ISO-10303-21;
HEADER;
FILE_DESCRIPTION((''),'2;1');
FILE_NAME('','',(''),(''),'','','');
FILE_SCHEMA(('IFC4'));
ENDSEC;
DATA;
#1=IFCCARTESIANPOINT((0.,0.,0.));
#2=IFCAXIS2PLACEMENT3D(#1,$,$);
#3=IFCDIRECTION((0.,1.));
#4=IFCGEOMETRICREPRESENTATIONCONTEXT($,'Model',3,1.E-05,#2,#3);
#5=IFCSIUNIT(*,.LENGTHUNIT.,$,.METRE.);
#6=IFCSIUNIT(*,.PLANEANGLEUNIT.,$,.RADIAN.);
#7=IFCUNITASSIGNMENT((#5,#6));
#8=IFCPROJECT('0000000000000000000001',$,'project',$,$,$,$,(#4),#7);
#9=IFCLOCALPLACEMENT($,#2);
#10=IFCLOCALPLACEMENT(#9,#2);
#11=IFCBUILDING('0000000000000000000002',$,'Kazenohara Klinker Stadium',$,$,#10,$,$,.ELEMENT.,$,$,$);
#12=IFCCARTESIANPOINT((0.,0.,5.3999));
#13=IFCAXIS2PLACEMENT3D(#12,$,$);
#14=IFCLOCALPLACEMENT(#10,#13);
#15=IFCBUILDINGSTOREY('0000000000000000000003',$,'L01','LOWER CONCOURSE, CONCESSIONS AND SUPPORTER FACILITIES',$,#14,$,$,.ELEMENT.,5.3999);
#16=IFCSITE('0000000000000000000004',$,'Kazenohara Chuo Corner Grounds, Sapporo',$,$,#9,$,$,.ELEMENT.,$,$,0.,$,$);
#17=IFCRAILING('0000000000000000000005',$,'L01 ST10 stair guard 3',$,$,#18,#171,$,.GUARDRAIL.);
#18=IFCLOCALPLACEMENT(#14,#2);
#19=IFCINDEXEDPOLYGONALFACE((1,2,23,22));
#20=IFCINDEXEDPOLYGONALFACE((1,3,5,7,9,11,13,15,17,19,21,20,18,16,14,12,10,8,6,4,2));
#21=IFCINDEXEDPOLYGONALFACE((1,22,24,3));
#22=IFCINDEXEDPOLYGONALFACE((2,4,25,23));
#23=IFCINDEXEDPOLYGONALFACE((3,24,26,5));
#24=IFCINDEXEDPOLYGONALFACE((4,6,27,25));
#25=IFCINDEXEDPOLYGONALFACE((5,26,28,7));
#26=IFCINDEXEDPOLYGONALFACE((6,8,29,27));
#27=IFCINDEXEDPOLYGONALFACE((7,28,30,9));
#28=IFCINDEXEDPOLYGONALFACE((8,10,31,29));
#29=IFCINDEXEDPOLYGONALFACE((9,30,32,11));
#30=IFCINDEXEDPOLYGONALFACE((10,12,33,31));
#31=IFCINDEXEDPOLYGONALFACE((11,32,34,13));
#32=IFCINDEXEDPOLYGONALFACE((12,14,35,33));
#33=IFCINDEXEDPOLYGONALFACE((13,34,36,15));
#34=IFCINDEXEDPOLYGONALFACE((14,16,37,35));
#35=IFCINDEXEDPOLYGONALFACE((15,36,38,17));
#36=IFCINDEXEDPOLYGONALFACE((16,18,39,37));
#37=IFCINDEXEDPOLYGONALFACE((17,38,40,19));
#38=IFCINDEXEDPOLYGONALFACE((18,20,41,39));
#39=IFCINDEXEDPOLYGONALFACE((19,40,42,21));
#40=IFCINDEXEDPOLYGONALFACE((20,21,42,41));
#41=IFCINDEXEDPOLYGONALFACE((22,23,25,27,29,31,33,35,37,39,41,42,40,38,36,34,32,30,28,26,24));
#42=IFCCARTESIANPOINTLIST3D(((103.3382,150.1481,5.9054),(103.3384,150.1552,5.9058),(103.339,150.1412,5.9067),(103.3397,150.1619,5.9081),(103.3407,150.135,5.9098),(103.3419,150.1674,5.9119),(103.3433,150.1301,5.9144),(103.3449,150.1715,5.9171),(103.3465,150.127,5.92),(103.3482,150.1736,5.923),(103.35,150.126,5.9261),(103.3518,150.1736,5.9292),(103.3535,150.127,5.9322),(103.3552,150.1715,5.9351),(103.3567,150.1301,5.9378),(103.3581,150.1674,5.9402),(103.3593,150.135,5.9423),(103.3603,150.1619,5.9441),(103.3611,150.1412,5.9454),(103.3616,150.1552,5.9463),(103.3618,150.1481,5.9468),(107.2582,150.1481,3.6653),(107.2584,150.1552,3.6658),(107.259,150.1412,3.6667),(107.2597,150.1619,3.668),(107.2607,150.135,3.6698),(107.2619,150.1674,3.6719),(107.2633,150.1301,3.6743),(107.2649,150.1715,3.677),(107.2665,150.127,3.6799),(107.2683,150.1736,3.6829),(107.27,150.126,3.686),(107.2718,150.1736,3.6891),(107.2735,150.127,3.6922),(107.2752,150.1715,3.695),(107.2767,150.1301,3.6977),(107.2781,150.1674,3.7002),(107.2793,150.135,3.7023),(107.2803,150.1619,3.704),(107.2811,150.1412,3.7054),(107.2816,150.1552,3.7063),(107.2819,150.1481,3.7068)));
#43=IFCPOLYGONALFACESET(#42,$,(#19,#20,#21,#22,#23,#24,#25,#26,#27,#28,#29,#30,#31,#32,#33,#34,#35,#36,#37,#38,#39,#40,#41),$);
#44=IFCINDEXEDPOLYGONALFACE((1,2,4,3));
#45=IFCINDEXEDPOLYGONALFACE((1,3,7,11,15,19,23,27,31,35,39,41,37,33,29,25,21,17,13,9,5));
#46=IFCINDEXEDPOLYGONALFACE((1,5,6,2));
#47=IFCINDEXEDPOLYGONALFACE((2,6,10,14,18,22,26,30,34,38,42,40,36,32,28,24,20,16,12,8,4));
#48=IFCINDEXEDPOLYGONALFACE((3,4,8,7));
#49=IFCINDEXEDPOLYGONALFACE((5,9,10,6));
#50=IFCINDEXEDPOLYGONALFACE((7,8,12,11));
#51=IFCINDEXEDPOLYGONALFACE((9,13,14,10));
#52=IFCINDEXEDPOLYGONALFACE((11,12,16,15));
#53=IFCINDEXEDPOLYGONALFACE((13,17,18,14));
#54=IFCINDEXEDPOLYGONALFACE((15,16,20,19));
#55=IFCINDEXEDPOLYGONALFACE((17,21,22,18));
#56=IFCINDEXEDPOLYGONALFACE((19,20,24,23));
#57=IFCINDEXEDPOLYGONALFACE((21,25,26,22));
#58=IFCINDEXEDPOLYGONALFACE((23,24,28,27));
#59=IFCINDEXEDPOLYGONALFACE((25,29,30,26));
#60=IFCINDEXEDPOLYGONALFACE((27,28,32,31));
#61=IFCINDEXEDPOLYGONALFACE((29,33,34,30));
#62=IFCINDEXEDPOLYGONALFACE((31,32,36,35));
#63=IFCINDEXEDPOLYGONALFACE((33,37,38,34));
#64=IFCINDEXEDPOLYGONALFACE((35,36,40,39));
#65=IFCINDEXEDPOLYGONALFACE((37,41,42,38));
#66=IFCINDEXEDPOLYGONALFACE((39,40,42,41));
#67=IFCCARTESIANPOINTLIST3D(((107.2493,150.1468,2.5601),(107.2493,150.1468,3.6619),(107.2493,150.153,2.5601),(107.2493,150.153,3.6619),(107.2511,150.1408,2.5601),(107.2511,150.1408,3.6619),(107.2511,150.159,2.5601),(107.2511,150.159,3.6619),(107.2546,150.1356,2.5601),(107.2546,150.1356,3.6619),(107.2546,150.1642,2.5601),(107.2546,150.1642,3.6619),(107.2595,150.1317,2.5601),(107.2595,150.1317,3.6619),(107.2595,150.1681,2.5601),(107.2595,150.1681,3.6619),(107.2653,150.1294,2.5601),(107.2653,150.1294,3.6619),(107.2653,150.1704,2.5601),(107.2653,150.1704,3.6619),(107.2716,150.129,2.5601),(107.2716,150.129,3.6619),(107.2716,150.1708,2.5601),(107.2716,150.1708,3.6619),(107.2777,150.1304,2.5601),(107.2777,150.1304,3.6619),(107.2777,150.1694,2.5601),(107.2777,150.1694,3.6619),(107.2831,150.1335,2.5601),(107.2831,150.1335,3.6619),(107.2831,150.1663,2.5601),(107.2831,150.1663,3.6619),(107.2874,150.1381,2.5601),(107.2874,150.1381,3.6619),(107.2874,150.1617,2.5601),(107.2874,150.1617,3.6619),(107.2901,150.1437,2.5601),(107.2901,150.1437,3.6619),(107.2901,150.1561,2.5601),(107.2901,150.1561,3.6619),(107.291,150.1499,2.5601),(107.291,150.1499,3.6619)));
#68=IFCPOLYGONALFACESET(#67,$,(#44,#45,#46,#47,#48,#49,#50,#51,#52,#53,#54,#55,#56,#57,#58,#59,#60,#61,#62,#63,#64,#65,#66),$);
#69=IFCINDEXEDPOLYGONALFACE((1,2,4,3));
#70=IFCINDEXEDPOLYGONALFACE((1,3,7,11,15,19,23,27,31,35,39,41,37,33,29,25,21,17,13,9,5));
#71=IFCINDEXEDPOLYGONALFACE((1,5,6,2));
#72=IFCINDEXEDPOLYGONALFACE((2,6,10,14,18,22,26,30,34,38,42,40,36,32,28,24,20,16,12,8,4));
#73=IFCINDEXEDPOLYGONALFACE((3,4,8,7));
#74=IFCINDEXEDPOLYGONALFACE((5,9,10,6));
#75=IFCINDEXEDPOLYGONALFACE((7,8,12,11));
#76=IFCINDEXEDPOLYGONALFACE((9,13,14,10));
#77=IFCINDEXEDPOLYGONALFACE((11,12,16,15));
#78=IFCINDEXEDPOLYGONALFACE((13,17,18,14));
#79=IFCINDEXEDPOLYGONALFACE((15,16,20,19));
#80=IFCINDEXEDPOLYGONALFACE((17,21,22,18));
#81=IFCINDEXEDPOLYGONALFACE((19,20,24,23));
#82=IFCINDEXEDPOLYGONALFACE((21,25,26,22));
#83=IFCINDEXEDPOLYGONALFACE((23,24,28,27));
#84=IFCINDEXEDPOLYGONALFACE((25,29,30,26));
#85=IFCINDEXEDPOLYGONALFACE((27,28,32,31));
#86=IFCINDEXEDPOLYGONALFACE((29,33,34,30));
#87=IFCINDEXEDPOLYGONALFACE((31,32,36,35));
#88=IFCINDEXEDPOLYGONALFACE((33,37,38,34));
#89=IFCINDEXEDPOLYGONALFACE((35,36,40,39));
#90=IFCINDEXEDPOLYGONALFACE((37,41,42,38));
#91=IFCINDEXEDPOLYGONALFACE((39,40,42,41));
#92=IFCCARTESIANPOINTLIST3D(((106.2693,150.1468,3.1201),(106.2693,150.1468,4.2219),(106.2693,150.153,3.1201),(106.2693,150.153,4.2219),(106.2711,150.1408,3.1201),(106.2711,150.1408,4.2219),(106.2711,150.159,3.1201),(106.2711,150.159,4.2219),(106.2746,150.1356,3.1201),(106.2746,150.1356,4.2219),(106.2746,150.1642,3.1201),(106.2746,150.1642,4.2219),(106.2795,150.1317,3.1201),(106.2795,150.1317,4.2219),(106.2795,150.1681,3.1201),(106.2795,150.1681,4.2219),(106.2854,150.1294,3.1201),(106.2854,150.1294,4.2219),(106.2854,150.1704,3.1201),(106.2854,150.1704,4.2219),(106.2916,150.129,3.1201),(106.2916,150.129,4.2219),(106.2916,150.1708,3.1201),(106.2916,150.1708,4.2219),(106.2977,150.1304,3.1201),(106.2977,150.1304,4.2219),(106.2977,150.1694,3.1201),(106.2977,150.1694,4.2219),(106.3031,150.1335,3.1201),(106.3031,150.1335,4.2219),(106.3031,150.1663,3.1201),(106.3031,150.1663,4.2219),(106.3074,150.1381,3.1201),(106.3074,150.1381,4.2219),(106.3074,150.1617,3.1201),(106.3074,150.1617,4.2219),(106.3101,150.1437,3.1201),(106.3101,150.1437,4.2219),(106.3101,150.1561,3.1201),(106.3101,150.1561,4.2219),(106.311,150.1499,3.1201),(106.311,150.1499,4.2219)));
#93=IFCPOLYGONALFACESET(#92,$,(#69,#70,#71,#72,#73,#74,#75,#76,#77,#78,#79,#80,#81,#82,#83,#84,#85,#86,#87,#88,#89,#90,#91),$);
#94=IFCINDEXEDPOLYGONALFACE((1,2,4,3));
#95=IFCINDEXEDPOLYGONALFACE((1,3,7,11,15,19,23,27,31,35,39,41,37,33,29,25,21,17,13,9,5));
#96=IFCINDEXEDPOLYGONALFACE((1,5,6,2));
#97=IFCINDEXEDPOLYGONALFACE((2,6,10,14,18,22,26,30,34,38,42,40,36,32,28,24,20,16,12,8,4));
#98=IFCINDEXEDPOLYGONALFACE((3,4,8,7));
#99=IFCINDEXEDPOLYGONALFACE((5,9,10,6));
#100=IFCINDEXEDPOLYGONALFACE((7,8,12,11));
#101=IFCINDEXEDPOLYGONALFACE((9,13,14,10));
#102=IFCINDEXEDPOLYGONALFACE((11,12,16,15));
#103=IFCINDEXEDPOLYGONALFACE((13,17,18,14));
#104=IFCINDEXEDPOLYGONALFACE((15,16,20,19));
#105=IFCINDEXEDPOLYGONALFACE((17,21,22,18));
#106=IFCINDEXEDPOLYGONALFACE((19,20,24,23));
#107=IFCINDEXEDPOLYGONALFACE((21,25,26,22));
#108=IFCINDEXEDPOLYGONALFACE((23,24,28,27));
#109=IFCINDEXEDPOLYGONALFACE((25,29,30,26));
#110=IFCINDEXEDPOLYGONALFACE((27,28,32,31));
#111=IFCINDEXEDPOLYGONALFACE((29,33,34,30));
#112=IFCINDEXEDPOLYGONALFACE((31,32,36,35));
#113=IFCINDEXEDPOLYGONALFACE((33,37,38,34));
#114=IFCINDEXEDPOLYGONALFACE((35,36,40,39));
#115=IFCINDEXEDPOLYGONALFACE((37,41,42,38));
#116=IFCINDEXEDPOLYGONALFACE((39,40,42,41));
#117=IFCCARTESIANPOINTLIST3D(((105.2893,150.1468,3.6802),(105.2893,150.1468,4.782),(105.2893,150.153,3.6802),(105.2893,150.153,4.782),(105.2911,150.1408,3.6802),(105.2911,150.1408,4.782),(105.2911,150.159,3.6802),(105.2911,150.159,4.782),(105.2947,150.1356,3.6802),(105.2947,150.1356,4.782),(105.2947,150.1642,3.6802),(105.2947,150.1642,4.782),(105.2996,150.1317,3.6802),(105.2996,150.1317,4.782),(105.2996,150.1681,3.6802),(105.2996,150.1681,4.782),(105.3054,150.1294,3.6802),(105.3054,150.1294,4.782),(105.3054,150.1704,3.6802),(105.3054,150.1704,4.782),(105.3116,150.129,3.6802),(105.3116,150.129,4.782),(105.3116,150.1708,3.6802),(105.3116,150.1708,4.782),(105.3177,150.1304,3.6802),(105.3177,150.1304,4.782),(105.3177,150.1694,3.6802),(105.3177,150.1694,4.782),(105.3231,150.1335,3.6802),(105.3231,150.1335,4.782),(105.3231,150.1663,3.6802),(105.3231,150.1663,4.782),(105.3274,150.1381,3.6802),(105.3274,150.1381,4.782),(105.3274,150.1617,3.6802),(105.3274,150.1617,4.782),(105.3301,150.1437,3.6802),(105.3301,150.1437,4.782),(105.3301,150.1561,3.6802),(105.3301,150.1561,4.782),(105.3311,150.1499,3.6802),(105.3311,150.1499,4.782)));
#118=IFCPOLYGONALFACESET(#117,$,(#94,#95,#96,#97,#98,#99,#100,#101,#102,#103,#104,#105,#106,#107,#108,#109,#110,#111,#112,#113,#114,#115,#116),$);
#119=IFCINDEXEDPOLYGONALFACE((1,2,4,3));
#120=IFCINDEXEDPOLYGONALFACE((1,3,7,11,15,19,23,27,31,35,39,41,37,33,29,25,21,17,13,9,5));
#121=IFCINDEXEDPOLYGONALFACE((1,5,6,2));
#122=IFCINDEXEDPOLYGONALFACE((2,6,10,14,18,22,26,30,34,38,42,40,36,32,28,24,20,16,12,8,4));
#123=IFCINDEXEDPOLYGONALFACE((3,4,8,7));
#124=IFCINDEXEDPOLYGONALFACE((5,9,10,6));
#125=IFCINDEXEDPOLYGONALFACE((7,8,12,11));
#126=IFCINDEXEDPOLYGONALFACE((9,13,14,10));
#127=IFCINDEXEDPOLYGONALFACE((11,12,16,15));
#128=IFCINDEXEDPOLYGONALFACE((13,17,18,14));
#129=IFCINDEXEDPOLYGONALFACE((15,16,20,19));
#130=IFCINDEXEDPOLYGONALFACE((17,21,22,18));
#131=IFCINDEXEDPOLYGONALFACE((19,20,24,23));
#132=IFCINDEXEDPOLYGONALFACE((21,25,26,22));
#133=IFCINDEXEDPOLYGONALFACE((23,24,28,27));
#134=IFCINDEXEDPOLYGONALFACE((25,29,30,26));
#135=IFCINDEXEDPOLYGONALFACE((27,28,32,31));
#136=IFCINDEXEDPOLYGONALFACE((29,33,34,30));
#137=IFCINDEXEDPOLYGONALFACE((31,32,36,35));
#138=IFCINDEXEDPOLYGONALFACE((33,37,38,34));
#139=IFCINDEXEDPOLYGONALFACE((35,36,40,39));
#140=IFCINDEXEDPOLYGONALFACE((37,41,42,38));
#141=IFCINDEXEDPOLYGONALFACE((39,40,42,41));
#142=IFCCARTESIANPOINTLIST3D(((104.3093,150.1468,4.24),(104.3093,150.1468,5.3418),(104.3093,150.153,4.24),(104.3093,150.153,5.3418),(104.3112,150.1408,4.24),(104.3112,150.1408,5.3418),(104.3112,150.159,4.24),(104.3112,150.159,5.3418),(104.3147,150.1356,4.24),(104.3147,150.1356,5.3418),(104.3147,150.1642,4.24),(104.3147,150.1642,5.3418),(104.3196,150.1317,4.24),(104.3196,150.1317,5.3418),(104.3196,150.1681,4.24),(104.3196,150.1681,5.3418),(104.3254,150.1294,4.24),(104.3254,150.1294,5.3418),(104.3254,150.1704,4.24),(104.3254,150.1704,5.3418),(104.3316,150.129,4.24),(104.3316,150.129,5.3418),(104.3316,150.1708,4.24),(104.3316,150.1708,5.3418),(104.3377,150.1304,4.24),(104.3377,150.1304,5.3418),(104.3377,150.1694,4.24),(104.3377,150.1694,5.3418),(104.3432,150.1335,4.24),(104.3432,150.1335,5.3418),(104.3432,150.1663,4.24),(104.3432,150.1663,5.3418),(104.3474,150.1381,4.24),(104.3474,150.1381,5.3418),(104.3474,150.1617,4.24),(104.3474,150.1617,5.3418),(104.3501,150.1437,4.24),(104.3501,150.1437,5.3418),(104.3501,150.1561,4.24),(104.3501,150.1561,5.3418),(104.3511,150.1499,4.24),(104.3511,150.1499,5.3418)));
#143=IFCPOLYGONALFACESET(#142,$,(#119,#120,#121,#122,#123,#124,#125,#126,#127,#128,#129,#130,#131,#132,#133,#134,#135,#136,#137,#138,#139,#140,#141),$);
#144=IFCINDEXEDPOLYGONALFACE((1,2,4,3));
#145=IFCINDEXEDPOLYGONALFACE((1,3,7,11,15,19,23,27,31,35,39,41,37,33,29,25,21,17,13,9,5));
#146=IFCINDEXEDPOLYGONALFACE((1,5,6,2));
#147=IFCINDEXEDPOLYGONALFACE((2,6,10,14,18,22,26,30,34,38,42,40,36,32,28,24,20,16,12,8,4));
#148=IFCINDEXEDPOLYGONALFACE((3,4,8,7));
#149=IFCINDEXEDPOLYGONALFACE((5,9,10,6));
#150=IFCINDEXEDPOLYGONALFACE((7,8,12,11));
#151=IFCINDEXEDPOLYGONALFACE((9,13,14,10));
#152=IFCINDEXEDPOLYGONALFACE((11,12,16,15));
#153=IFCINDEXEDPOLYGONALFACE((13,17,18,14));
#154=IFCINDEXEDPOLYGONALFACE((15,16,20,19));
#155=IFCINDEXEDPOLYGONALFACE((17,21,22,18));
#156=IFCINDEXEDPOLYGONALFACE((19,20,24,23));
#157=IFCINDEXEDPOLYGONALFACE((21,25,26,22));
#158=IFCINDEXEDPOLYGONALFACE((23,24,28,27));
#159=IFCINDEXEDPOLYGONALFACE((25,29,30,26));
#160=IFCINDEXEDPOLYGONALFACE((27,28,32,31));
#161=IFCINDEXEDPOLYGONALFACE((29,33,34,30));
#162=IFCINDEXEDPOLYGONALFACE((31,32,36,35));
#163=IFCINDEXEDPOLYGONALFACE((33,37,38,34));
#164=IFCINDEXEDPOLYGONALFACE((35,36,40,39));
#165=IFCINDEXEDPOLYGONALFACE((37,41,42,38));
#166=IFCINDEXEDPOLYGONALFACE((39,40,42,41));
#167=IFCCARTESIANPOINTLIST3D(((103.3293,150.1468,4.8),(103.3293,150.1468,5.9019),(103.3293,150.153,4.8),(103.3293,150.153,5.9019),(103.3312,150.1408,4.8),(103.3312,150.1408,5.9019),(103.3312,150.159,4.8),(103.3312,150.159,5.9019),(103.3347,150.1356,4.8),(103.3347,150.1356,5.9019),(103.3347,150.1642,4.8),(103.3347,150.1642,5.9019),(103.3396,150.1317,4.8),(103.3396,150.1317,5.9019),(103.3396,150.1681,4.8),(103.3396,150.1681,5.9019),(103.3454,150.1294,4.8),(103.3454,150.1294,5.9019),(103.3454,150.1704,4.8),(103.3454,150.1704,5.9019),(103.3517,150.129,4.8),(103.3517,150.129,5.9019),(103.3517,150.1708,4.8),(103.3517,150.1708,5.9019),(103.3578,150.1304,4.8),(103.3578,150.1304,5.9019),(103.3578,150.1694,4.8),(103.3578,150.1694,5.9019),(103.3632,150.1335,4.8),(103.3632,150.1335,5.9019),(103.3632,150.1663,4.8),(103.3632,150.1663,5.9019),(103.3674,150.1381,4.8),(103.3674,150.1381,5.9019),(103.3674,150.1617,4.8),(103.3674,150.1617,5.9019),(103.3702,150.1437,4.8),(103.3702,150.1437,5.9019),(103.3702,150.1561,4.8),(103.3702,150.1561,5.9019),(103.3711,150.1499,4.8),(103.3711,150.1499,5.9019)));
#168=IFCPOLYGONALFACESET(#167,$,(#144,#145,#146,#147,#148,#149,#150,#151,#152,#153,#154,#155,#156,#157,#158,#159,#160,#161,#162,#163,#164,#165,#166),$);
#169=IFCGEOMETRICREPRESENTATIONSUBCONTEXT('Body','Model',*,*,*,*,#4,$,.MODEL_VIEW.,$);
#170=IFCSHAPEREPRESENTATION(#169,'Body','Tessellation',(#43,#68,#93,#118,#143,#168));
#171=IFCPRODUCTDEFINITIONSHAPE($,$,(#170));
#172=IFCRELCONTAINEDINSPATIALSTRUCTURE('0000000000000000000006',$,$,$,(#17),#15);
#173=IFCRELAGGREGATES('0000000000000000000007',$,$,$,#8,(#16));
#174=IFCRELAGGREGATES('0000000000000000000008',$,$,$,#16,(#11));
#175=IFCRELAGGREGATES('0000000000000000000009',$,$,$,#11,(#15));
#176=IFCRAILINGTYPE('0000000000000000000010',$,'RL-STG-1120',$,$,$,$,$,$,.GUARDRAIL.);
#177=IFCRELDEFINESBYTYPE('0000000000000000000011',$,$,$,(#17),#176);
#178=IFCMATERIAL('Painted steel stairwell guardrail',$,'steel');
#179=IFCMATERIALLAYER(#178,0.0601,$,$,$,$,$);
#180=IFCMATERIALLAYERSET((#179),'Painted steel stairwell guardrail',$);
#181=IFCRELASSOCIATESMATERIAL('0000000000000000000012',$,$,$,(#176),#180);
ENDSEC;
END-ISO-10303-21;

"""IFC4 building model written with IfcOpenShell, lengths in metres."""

from ifc_helpers import new_model, si_unit, direction, frame, origin, origin_2d, place, context, subcontext, project, spatial, circle, extrude, material, layer, layer_set, type_object, element, save


model = new_model("IFC4")

# Units and contexts
model_context = context("Model", 3, precision=1e-05, world=origin(), true_north=direction((0.0, 1.0)))
body_context = subcontext(model_context, "Body", "Model", "MODEL_VIEW")
ifc_project = project(units=[si_unit("LENGTHUNIT", "METRE"), si_unit("PLANEANGLEUNIT", "RADIAN")], contexts=[model_context])

# Site, building, storey
site_placement = place(None, origin())
site = spatial("IfcSite", under=ifc_project, at=site_placement, Name="Kazenohara Chuo Corner Grounds, Sapporo", CompositionType="ELEMENT", RefElevation=0.0)
building_placement = place(site_placement, origin())
building = spatial("IfcBuilding", under=site, at=building_placement, Name="Kazenohara Klinker Stadium", CompositionType="ELEMENT")
storey_placement = place(building_placement, frame((0.0, 0.0, 5.3999)))
storey = spatial("IfcBuildingStorey", under=building, at=storey_placement, Name="L01", Description="LOWER CONCOURSE, CONCESSIONS AND SUPPORTER FACILITIES", CompositionType="ELEMENT", Elevation=5.3999)

# Railing
ifc_material_1 = material(Name="Painted steel stairwell guardrail", Category="steel")
ifc_layer_1 = layer(ifc_material_1, 0.0601)
ifc_layer_set_1 = layer_set([ifc_layer_1], Name="Painted steel stairwell guardrail")
railing_type = type_object("IfcRailingType", Name="RL-STG-1120", PredefinedType="GUARDRAIL", material=ifc_layer_set_1)
railing_1_placement = place(storey_placement, frame((107.27, 150.1499, 2.5601)))
element("IfcRailing", 1, at=railing_1_placement, inside=storey, type_object=railing_type, Name="L01 ST10 stair guard 3", PredefinedType="GUARDRAIL", context=body_context, shape_type="SweptSolid", body=[
    extrude(circle(Radius=0.0239, at=origin_2d()), frame((0.0, 0.0, 1.126), z_axis=(-0.86824, 0.0, 0.496145), x_axis=(0.0, -1.0, 0.0)), (0.0, 0.0, 1.0), 4.5149),
    extrude(circle(Radius=0.021, at=origin_2d()), origin(), (0.0, 0.0, 1.0), 1.1018),
    extrude(circle(Radius=0.021, at=origin_2d()), frame((-0.98, 0.0, 0.5601)), (0.0, 0.0, 1.0), 1.1018),
    extrude(circle(Radius=0.021, at=origin_2d()), frame((-1.96, 0.0, 1.1201)), (0.0, 0.0, 1.0), 1.1018),
    extrude(circle(Radius=0.021, at=origin_2d()), frame((-2.9399, 0.0, 1.6799)), (0.0, 0.0, 1.0), 1.1018),
    extrude(circle(Radius=0.021, at=origin_2d()), frame((-3.9199, 0.0, 2.24)), (0.0, 0.0, 1.0), 1.1018),
])

save(model, "model.ifc")
